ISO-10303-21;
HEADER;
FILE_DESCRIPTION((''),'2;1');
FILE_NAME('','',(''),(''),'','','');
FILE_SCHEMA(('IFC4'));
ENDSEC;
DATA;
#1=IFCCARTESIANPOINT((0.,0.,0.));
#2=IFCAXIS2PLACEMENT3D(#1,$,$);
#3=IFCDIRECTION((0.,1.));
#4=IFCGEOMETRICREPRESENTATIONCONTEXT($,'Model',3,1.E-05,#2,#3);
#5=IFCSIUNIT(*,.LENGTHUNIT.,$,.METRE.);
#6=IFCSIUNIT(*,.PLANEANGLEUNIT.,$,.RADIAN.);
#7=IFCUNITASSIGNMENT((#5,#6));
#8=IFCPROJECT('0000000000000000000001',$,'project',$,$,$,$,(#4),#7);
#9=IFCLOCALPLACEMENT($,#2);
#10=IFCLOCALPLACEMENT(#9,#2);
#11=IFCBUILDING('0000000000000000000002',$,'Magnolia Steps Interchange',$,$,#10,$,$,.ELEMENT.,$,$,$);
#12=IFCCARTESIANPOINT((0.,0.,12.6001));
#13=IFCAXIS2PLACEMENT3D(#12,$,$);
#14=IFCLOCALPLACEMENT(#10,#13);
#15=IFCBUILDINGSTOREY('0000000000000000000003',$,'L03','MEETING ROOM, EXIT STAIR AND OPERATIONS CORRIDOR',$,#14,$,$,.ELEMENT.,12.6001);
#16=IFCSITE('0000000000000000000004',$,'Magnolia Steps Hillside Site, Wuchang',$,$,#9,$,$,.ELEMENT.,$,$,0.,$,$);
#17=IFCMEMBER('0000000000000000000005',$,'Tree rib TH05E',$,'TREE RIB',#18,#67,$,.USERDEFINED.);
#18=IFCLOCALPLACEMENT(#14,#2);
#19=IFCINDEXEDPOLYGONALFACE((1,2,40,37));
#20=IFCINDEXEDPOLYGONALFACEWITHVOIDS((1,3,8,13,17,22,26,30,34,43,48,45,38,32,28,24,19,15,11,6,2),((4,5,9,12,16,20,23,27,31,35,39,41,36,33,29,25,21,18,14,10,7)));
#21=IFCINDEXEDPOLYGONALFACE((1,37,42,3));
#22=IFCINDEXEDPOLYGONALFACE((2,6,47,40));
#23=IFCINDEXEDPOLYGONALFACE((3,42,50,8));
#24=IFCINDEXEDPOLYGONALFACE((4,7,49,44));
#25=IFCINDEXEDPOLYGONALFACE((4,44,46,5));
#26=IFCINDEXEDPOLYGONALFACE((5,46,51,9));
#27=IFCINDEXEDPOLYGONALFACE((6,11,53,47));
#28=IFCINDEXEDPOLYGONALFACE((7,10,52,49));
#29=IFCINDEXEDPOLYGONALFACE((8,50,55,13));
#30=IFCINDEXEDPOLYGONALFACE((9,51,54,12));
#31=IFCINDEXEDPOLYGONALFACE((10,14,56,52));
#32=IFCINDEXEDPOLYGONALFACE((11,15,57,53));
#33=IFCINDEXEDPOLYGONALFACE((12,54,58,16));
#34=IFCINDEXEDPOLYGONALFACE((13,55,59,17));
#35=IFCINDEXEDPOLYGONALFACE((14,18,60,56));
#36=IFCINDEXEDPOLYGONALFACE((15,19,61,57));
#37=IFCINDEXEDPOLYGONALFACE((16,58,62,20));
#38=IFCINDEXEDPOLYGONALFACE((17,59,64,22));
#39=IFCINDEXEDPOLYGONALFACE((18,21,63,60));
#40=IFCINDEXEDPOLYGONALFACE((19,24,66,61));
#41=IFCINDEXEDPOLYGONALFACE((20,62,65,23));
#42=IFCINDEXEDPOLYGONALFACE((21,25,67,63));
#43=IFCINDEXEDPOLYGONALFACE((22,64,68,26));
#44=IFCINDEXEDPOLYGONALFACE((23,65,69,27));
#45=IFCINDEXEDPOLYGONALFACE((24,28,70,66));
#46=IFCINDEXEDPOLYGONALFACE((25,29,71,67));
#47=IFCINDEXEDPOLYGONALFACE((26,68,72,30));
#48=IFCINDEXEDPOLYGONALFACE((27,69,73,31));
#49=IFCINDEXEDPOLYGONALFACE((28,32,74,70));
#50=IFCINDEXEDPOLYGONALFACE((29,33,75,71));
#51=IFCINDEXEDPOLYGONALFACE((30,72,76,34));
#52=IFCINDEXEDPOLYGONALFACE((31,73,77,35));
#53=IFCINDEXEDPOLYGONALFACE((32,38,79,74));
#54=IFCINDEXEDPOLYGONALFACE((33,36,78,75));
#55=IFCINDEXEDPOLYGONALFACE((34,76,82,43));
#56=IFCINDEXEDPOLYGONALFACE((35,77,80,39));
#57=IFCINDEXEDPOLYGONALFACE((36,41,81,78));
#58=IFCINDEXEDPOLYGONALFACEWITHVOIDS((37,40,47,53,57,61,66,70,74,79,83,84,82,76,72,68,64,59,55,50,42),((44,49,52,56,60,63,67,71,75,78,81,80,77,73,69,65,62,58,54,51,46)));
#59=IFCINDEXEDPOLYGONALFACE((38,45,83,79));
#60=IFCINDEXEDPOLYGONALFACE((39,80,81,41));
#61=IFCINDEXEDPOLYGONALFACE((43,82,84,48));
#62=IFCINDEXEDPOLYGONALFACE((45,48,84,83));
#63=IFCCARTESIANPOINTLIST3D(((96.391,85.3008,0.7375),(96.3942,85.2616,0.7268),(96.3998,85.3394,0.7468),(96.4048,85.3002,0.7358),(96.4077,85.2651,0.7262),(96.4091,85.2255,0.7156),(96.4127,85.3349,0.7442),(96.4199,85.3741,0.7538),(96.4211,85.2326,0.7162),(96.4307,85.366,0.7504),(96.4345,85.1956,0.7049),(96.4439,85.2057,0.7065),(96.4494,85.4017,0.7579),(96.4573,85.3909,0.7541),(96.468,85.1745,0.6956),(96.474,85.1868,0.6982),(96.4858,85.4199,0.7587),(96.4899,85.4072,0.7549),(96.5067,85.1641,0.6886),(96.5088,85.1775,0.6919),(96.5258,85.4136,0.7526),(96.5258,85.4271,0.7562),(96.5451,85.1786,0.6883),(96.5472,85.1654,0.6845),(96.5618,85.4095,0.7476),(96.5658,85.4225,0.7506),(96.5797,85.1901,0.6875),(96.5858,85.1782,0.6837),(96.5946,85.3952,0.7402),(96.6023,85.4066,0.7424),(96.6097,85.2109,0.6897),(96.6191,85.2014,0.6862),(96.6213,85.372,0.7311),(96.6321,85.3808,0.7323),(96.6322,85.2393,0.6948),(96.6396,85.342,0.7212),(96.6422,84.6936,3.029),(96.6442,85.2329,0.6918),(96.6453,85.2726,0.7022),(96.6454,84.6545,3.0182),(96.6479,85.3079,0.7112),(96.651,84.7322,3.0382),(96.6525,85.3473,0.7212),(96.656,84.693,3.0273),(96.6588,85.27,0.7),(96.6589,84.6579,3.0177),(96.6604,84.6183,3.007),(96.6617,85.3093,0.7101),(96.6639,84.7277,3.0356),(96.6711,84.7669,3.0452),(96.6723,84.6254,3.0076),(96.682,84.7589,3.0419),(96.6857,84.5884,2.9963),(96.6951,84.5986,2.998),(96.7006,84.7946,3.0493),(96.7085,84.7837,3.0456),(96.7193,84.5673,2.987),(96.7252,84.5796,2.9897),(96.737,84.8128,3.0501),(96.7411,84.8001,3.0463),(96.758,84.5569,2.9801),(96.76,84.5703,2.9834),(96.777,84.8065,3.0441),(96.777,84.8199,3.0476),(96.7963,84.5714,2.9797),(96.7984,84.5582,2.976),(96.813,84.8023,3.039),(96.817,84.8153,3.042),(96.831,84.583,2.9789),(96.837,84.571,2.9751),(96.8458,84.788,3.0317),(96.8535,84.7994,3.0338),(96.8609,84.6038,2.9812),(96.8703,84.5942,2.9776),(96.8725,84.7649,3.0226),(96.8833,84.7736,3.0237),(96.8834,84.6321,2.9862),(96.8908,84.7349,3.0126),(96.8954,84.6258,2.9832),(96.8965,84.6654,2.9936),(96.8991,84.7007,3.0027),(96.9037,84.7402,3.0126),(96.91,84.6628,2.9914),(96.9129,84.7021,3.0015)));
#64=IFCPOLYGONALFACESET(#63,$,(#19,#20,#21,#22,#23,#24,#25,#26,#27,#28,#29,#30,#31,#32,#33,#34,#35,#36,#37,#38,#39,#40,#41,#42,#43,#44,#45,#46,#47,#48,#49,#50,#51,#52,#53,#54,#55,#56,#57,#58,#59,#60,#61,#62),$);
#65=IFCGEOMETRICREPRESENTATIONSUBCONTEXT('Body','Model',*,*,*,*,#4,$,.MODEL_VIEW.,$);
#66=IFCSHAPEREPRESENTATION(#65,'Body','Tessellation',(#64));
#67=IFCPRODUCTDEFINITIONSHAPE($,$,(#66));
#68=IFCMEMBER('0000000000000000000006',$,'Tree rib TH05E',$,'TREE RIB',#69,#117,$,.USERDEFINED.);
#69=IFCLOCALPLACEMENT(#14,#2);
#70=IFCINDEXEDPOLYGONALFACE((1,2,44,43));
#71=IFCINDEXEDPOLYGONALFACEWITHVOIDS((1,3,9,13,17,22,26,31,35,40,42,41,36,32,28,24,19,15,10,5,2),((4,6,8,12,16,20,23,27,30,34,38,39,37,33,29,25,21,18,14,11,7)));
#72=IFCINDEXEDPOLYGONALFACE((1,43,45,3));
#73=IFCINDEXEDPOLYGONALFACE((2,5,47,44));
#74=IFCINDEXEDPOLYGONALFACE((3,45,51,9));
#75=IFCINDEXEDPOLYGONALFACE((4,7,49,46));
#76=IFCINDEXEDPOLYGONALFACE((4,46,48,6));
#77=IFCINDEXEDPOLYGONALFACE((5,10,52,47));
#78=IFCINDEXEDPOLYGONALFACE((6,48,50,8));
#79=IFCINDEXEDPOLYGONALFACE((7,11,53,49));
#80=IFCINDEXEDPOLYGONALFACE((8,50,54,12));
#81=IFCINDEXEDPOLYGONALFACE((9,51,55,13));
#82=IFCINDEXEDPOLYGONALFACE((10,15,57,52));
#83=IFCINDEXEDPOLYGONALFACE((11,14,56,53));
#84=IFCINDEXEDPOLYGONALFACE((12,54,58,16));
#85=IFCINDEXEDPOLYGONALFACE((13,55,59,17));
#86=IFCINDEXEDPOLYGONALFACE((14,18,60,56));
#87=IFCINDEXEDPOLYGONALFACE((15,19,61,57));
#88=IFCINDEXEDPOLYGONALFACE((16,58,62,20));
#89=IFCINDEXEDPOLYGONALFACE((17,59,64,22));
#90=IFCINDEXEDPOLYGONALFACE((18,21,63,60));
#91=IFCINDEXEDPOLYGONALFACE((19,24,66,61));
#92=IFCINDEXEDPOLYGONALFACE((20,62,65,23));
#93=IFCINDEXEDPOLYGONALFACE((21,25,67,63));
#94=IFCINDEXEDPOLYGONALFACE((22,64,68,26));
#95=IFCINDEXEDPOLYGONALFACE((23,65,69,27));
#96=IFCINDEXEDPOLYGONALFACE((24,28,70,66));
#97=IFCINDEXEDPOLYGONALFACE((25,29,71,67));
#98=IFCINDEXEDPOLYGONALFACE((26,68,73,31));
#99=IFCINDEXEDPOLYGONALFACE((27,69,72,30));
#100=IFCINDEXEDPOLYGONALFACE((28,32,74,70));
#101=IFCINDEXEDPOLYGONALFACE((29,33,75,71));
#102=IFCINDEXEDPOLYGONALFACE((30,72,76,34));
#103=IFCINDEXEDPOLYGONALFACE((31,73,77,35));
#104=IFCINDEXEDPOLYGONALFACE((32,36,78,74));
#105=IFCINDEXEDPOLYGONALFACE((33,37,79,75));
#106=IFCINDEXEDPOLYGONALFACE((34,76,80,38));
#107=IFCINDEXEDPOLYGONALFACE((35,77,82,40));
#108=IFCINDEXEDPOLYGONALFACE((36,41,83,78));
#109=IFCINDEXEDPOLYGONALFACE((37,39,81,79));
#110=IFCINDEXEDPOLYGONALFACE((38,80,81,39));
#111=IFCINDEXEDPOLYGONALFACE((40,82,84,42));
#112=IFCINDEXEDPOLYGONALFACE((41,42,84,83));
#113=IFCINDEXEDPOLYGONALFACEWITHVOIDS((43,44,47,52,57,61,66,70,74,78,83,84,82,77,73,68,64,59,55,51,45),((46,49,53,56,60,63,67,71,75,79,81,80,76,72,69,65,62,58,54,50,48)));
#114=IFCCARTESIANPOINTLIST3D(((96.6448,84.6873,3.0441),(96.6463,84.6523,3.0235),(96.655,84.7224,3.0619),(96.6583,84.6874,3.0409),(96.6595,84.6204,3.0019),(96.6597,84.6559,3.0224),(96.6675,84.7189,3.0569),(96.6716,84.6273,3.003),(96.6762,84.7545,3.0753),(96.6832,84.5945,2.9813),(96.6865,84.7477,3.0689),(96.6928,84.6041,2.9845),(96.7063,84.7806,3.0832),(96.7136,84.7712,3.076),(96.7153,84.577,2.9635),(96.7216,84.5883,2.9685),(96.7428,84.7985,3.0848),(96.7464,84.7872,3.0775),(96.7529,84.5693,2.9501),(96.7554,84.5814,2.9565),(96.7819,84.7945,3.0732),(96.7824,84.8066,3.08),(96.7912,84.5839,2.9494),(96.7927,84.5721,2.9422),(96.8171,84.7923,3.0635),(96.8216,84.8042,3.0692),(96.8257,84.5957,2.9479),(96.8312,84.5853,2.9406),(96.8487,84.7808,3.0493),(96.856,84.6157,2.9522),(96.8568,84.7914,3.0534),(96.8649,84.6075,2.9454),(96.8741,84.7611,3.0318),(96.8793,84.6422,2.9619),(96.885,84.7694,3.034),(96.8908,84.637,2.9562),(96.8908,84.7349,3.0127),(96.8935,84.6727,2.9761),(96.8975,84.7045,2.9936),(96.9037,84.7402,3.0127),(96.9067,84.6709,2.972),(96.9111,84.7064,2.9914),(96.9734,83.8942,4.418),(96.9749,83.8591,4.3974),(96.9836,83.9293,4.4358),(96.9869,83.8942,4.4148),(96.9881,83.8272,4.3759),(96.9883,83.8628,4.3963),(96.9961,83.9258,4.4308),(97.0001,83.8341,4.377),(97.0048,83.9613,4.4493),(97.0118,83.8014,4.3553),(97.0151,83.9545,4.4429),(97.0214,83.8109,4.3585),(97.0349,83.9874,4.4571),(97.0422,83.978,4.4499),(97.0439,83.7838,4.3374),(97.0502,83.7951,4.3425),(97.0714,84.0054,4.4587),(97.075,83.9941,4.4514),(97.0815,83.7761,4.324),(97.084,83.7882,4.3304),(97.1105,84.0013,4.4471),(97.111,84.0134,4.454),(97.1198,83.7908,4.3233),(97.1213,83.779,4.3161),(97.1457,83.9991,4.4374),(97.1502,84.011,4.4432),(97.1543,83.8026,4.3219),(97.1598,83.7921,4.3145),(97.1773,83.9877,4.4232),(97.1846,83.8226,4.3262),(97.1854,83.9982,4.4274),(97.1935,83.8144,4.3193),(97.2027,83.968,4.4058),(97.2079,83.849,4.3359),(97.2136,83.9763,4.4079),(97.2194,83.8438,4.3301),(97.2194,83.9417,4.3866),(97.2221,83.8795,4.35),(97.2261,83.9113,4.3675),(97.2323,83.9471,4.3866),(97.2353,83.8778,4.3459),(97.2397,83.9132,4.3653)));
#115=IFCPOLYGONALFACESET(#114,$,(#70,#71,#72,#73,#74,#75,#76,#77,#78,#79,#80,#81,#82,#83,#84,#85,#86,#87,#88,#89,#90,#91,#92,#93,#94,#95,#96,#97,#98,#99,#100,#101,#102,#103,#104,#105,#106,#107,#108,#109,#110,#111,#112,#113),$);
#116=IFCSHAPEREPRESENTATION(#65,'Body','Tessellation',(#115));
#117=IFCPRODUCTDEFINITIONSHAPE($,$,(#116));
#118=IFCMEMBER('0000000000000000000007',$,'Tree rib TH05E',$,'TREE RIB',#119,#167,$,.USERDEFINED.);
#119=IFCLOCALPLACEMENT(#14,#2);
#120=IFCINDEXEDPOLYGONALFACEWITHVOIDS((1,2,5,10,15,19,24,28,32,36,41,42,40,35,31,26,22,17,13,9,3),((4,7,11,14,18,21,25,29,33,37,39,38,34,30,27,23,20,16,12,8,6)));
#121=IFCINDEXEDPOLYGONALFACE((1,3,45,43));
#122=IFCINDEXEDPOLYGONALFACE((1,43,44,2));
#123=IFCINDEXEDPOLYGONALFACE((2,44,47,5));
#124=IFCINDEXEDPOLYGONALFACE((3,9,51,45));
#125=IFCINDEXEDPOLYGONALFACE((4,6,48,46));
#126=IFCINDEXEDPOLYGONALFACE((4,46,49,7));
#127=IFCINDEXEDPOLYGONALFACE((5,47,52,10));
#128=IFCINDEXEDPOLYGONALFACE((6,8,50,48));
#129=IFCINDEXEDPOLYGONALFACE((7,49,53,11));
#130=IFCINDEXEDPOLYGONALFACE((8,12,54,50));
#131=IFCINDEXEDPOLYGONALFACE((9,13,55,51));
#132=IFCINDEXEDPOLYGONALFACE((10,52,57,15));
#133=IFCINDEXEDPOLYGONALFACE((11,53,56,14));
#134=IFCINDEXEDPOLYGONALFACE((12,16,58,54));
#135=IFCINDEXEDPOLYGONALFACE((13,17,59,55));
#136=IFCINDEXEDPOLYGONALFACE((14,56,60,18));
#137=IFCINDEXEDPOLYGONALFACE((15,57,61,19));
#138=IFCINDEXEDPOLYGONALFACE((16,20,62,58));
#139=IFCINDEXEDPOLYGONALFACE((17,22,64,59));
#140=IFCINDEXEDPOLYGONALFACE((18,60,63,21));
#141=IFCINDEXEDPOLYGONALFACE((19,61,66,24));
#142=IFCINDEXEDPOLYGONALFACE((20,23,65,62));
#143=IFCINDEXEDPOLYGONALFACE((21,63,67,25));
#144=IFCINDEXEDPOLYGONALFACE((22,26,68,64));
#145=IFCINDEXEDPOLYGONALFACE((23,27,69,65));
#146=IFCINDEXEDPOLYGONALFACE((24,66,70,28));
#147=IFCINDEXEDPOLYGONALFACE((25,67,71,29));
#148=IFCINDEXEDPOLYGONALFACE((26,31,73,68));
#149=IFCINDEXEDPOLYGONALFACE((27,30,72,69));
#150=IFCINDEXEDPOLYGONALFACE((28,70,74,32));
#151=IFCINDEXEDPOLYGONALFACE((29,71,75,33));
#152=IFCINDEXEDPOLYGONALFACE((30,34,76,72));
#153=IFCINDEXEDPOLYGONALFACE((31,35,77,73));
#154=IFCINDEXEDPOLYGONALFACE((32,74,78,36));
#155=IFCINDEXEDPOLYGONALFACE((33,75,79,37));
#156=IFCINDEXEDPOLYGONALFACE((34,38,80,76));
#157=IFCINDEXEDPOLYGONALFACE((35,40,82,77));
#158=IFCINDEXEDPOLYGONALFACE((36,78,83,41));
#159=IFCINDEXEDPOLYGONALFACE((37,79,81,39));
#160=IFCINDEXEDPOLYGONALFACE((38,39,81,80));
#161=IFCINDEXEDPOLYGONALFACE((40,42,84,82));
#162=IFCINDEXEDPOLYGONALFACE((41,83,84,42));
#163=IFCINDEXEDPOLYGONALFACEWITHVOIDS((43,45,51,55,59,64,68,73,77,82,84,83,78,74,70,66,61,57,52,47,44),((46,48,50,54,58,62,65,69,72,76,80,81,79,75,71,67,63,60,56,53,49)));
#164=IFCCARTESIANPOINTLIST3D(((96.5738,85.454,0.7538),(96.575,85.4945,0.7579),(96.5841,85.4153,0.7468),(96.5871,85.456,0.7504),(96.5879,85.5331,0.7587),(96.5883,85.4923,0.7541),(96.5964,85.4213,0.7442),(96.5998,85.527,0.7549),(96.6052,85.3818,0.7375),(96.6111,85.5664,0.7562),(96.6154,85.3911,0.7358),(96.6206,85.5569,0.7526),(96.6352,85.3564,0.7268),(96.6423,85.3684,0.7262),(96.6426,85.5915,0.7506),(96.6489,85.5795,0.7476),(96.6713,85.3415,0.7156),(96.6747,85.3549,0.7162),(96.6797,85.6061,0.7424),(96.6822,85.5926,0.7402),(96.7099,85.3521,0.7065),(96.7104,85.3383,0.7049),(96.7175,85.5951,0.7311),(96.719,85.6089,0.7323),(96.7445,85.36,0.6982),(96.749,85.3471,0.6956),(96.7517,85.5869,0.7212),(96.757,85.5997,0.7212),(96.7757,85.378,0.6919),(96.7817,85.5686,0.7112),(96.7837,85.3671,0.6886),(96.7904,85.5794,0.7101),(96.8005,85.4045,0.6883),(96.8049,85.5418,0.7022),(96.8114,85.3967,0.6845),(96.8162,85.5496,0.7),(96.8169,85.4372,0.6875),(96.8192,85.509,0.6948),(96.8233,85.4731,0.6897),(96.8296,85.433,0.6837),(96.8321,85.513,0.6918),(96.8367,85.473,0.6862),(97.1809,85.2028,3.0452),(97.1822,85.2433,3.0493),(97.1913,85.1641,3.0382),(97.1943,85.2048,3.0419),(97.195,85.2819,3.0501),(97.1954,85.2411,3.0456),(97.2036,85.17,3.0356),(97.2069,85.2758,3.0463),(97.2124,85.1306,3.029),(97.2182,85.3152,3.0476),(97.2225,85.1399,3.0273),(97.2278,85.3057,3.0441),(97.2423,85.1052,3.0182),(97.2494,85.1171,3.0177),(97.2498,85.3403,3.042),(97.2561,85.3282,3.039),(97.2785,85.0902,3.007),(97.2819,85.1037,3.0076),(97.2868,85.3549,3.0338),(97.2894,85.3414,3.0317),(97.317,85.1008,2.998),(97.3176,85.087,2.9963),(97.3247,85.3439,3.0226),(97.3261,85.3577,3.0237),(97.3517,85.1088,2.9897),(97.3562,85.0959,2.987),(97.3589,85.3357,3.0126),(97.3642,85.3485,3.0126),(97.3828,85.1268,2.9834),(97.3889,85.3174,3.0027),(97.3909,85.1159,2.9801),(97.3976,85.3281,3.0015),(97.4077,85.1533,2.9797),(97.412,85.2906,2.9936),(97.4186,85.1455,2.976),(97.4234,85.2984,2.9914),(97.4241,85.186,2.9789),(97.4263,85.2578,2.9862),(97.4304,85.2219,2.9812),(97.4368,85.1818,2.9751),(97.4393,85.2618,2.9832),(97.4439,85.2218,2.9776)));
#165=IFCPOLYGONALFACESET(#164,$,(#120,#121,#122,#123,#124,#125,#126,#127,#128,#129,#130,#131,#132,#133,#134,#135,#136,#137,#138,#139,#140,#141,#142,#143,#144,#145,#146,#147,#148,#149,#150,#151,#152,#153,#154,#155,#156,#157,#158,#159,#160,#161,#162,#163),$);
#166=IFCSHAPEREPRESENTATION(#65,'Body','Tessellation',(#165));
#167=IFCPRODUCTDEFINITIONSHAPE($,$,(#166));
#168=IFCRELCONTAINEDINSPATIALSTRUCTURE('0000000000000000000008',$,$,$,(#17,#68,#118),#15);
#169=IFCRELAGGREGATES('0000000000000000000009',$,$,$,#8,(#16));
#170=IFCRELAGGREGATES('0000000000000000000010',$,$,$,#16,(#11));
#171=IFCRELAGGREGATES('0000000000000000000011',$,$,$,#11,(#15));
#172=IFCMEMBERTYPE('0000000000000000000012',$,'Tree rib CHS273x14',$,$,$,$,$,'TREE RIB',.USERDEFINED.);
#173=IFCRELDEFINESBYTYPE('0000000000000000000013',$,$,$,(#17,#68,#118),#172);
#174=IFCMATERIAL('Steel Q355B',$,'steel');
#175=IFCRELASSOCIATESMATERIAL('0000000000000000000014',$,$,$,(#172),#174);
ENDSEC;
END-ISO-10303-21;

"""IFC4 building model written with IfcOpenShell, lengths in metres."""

from ifc_helpers import new_model, si_unit, direction, frame, origin, origin_2d, place, context, subcontext, project, spatial, hollow_circle, extrude, material, material_profile, profile_set, type_object, element, save


model = new_model("IFC4")

# Units and contexts
model_context = context("Model", 3, precision=1e-05, world=origin(), true_north=direction((0.0, 1.0)))
body_context = subcontext(model_context, "Body", "Model", "MODEL_VIEW")
ifc_project = project(units=[si_unit("LENGTHUNIT", "METRE"), si_unit("PLANEANGLEUNIT", "RADIAN")], contexts=[model_context])

# Site, building, storey
site_placement = place(None, origin())
site = spatial("IfcSite", under=ifc_project, at=site_placement, Name="Magnolia Steps Hillside Site, Wuchang", CompositionType="ELEMENT", RefElevation=0.0)
building_placement = place(site_placement, origin())
building = spatial("IfcBuilding", under=site, at=building_placement, Name="Magnolia Steps Interchange", CompositionType="ELEMENT")
storey_placement = place(building_placement, frame((0.0, 0.0, 12.6001)))
storey = spatial("IfcBuildingStorey", under=building, at=storey_placement, Name="L03", Description="MEETING ROOM, EXIT STAIR AND OPERATIONS CORRIDOR", CompositionType="ELEMENT", Elevation=12.6001)

# Members
ifc_material_1 = material(Name="Steel Q355B", Category="steel")
ifc_material_profile_1 = material_profile(ifc_material_1, hollow_circle(Radius=0.1365, WallThickness=0.0139, at=origin_2d()), Name="CHS273x14")
ifc_profile_set_1 = profile_set([ifc_material_profile_1], Name="Steel Q355B")
member_type_1 = type_object("IfcMemberType", Name="Tree rib CHS273x14", ElementType="TREE RIB", PredefinedType="USERDEFINED", material=ifc_profile_set_1)
member_1_placement = place(storey_placement, frame((96.5264, 85.2952, 0.7212), z_axis=(0.105384, -0.254704, 0.96126), x_axis=(0.92403, 0.382319, 0.0)))
element("IfcMember", 1, at=member_1_placement, inside=storey, type_object=member_type_1, Name="Tree rib TH05E", ObjectType="TREE RIB", PredefinedType="USERDEFINED", context=body_context, shape_type="SweptSolid", body=[
    extrude(hollow_circle(Radius=0.1365, WallThickness=0.0139, at=origin_2d()), origin(), (0.0, 0.0, 1.0), 2.3838),
])
member_2_placement = place(storey_placement, frame((96.7776, 84.688, 3.0127), z_axis=(0.20282, -0.489571, 0.848047), x_axis=(0.923857, 0.382737, 0.0)))
element("IfcMember", 2, at=member_2_placement, inside=storey, type_object=member_type_1, Name="Tree rib TH05E", ObjectType="TREE RIB", PredefinedType="USERDEFINED", context=body_context, shape_type="SweptSolid", body=[
    extrude(hollow_circle(Radius=0.1365, WallThickness=0.0139, at=origin_2d()), origin(), (0.0, 0.0, 1.0), 1.6201),
])
member_3_placement = place(storey_placement, frame((96.7048, 85.4736, 0.7212), z_axis=(0.254704, -0.105384, 0.96126), x_axis=(0.382319, 0.92403, 0.0)))
element("IfcMember", 3, at=member_3_placement, inside=storey, type_object=member_type_1, Name="Tree rib TH05E", ObjectType="TREE RIB", PredefinedType="USERDEFINED", context=body_context, shape_type="SweptSolid", body=[
    extrude(hollow_circle(Radius=0.1365, WallThickness=0.0139, at=origin_2d()), origin(), (0.0, 0.0, 1.0), 2.3838),
])

save(model, "model.ifc")
